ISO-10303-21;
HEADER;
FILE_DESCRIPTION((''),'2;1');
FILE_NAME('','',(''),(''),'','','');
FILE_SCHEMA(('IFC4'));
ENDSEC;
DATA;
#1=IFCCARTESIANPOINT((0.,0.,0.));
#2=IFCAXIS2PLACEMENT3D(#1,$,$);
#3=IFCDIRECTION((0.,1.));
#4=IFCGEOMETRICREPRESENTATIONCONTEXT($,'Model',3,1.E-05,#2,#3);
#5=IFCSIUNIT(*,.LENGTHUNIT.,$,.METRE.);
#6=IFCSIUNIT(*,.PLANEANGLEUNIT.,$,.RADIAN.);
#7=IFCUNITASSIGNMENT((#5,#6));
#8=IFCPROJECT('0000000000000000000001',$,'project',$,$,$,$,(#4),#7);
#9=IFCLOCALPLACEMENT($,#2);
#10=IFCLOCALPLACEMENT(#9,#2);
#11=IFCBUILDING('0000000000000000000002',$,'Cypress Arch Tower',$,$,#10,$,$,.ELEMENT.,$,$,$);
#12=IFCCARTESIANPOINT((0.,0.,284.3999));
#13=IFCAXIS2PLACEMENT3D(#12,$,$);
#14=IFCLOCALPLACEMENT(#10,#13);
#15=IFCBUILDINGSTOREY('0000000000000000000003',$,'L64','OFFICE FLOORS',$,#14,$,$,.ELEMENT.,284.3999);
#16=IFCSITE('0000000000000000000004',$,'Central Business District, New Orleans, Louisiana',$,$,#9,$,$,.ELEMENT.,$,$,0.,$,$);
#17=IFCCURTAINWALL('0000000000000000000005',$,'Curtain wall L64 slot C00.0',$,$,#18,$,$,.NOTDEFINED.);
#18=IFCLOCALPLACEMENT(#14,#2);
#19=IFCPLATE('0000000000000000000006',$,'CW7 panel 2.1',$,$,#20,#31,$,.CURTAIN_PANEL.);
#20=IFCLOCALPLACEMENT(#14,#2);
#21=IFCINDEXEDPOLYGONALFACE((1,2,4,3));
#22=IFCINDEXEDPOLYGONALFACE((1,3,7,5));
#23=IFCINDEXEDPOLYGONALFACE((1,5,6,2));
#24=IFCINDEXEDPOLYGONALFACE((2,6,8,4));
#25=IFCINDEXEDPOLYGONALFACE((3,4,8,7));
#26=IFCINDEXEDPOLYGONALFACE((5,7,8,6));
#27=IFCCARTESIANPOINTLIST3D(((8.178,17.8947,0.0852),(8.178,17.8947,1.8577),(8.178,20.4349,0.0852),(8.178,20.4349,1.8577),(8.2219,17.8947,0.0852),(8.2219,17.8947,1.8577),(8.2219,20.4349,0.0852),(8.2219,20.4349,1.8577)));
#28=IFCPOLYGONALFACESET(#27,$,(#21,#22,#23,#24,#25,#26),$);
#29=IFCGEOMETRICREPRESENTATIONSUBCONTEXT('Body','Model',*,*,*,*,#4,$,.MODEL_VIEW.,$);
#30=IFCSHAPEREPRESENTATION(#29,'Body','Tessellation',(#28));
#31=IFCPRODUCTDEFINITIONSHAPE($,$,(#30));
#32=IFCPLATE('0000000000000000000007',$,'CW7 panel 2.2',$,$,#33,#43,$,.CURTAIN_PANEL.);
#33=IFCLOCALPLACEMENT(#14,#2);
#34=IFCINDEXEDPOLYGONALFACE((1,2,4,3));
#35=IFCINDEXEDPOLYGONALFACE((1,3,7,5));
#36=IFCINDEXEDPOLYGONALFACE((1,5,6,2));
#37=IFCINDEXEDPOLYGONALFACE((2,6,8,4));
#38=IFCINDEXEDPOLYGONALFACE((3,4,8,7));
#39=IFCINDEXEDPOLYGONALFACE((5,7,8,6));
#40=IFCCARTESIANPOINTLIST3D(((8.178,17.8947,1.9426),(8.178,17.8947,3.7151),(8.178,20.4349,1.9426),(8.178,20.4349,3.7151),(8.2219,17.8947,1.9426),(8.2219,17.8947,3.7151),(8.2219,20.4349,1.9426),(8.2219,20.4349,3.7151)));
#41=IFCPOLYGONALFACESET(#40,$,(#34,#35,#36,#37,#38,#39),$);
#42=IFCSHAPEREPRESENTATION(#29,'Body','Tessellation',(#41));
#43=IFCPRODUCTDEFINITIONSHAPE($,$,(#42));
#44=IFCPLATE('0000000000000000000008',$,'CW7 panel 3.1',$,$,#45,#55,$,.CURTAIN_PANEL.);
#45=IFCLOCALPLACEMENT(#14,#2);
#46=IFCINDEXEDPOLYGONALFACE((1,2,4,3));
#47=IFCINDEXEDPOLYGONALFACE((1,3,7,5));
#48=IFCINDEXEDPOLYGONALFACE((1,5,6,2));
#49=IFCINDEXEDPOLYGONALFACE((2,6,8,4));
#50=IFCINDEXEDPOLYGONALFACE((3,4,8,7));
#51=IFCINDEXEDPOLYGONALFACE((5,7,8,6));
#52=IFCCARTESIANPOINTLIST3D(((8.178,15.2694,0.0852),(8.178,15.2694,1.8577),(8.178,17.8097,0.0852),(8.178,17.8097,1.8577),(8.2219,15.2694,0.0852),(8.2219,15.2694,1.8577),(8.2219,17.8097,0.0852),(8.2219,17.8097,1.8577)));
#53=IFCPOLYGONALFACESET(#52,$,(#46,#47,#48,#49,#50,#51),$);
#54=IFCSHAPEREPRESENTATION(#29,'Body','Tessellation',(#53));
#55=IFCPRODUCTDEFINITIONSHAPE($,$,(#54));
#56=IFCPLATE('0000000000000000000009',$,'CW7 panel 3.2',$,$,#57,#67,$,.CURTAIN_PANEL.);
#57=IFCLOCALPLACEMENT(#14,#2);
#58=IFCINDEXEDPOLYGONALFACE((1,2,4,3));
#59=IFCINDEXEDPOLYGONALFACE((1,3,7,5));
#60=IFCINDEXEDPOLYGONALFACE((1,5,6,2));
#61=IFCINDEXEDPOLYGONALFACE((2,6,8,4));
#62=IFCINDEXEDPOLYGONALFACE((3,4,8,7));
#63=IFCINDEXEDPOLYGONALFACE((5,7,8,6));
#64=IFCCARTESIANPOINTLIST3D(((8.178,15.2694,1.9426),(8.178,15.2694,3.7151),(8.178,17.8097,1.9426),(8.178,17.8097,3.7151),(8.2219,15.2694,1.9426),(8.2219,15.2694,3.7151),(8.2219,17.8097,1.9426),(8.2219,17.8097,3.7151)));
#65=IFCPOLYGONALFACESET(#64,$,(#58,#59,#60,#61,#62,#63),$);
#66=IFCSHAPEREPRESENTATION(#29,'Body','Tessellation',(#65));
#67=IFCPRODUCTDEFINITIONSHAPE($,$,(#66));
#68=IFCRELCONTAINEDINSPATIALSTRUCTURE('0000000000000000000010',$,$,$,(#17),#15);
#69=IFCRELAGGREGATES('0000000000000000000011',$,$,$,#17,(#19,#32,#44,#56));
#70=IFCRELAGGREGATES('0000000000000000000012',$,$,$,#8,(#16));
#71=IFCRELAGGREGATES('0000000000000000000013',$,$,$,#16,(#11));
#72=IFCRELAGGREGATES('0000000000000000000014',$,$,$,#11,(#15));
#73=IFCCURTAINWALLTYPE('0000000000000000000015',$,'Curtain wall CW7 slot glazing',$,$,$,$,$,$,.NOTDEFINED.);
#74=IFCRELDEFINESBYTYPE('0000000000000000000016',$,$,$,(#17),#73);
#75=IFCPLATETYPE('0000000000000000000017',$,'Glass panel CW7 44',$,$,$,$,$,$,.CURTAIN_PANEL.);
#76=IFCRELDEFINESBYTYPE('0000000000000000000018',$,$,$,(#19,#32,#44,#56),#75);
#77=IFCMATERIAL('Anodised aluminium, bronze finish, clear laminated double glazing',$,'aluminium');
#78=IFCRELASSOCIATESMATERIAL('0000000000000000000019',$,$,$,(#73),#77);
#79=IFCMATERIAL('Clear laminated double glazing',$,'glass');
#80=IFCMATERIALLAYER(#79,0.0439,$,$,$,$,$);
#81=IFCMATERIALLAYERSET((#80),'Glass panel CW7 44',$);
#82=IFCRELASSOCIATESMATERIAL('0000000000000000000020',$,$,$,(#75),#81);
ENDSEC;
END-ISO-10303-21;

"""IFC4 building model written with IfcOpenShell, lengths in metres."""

from ifc_helpers import new_model, si_unit, direction, frame, origin, origin_2d, place, context, subcontext, project, spatial, rectangle, extrude, material, layer, layer_set, type_object, element, aggregate, save


model = new_model("IFC4")

# Units and contexts
model_context = context("Model", 3, precision=1e-05, world=origin(), true_north=direction((0.0, 1.0)))
body_context = subcontext(model_context, "Body", "Model", "MODEL_VIEW")
ifc_project = project(units=[si_unit("LENGTHUNIT", "METRE"), si_unit("PLANEANGLEUNIT", "RADIAN")], contexts=[model_context])

# Site, building, storey
site_placement = place(None, origin())
site = spatial("IfcSite", under=ifc_project, at=site_placement, Name="Central Business District, New Orleans, Louisiana", CompositionType="ELEMENT", RefElevation=0.0)
building_placement = place(site_placement, origin())
building = spatial("IfcBuilding", under=site, at=building_placement, Name="Cypress Arch Tower", CompositionType="ELEMENT")
storey_placement = place(building_placement, frame((0.0, 0.0, 284.3999)))
storey = spatial("IfcBuildingStorey", under=building, at=storey_placement, Name="L64", Description="OFFICE FLOORS", CompositionType="ELEMENT", Elevation=284.3999)

# Curtain wall, plates
ifc_material_1 = material(Name="Anodised aluminium, bronze finish, clear laminated double glazing", Category="aluminium")
curtain_wall_type = type_object("IfcCurtainWallType", Name="Curtain wall CW7 slot glazing", PredefinedType="NOTDEFINED", material=ifc_material_1)
curtain_wall_placement = place(storey_placement, origin())
curtain_wall = element("IfcCurtainWall", 1, at=curtain_wall_placement, inside=storey, type_object=curtain_wall_type, Name="Curtain wall L64 slot C00.0", PredefinedType="NOTDEFINED")
ifc_material_2 = material(Name="Clear laminated double glazing", Category="glass")
ifc_layer = layer(ifc_material_2, 0.0439)
ifc_layer_set = layer_set([ifc_layer], Name="Glass panel CW7 44")
plate_type = type_object("IfcPlateType", Name="Glass panel CW7 44", PredefinedType="CURTAIN_PANEL", material=ifc_layer_set)
plate_1_placement = place(storey_placement, frame((8.2, 19.1648, 0.0852), z_axis=(0.0, 0.0, 1.0), x_axis=(0.0, -1.0, 0.0)))
plate_1 = element("IfcPlate", 2, at=plate_1_placement, type_object=plate_type, Name="CW7 panel 2.1", PredefinedType="CURTAIN_PANEL", context=body_context, shape_type="SweptSolid", body=[
    extrude(rectangle(XDim=2.5403, YDim=0.0439, at=origin_2d()), origin(), (0.0, 0.0, 1.0), 1.7725),
])
plate_2_placement = place(storey_placement, frame((8.2, 19.1648, 1.9426), z_axis=(0.0, 0.0, 1.0), x_axis=(0.0, -1.0, 0.0)))
plate_2 = element("IfcPlate", 3, at=plate_2_placement, type_object=plate_type, Name="CW7 panel 2.2", PredefinedType="CURTAIN_PANEL", context=body_context, shape_type="SweptSolid", body=[
    extrude(rectangle(XDim=2.5403, YDim=0.0439, at=origin_2d()), origin(), (0.0, 0.0, 1.0), 1.7725),
])
plate_3_placement = place(storey_placement, frame((8.2, 16.5396, 0.0852), z_axis=(0.0, 0.0, 1.0), x_axis=(0.0, -1.0, 0.0)))
plate_3 = element("IfcPlate", 4, at=plate_3_placement, type_object=plate_type, Name="CW7 panel 3.1", PredefinedType="CURTAIN_PANEL", context=body_context, shape_type="SweptSolid", body=[
    extrude(rectangle(XDim=2.5403, YDim=0.0439, at=origin_2d()), origin(), (0.0, 0.0, 1.0), 1.7725),
])
plate_4_placement = place(storey_placement, frame((8.2, 16.5396, 1.9426), z_axis=(0.0, 0.0, 1.0), x_axis=(0.0, -1.0, 0.0)))
plate_4 = element("IfcPlate", 5, at=plate_4_placement, type_object=plate_type, Name="CW7 panel 3.2", PredefinedType="CURTAIN_PANEL", context=body_context, shape_type="SweptSolid", body=[
    extrude(rectangle(XDim=2.5403, YDim=0.0439, at=origin_2d()), origin(), (0.0, 0.0, 1.0), 1.7725),
])
aggregate(curtain_wall, [plate_1, plate_2, plate_3, plate_4])

save(model, "model.ifc")
